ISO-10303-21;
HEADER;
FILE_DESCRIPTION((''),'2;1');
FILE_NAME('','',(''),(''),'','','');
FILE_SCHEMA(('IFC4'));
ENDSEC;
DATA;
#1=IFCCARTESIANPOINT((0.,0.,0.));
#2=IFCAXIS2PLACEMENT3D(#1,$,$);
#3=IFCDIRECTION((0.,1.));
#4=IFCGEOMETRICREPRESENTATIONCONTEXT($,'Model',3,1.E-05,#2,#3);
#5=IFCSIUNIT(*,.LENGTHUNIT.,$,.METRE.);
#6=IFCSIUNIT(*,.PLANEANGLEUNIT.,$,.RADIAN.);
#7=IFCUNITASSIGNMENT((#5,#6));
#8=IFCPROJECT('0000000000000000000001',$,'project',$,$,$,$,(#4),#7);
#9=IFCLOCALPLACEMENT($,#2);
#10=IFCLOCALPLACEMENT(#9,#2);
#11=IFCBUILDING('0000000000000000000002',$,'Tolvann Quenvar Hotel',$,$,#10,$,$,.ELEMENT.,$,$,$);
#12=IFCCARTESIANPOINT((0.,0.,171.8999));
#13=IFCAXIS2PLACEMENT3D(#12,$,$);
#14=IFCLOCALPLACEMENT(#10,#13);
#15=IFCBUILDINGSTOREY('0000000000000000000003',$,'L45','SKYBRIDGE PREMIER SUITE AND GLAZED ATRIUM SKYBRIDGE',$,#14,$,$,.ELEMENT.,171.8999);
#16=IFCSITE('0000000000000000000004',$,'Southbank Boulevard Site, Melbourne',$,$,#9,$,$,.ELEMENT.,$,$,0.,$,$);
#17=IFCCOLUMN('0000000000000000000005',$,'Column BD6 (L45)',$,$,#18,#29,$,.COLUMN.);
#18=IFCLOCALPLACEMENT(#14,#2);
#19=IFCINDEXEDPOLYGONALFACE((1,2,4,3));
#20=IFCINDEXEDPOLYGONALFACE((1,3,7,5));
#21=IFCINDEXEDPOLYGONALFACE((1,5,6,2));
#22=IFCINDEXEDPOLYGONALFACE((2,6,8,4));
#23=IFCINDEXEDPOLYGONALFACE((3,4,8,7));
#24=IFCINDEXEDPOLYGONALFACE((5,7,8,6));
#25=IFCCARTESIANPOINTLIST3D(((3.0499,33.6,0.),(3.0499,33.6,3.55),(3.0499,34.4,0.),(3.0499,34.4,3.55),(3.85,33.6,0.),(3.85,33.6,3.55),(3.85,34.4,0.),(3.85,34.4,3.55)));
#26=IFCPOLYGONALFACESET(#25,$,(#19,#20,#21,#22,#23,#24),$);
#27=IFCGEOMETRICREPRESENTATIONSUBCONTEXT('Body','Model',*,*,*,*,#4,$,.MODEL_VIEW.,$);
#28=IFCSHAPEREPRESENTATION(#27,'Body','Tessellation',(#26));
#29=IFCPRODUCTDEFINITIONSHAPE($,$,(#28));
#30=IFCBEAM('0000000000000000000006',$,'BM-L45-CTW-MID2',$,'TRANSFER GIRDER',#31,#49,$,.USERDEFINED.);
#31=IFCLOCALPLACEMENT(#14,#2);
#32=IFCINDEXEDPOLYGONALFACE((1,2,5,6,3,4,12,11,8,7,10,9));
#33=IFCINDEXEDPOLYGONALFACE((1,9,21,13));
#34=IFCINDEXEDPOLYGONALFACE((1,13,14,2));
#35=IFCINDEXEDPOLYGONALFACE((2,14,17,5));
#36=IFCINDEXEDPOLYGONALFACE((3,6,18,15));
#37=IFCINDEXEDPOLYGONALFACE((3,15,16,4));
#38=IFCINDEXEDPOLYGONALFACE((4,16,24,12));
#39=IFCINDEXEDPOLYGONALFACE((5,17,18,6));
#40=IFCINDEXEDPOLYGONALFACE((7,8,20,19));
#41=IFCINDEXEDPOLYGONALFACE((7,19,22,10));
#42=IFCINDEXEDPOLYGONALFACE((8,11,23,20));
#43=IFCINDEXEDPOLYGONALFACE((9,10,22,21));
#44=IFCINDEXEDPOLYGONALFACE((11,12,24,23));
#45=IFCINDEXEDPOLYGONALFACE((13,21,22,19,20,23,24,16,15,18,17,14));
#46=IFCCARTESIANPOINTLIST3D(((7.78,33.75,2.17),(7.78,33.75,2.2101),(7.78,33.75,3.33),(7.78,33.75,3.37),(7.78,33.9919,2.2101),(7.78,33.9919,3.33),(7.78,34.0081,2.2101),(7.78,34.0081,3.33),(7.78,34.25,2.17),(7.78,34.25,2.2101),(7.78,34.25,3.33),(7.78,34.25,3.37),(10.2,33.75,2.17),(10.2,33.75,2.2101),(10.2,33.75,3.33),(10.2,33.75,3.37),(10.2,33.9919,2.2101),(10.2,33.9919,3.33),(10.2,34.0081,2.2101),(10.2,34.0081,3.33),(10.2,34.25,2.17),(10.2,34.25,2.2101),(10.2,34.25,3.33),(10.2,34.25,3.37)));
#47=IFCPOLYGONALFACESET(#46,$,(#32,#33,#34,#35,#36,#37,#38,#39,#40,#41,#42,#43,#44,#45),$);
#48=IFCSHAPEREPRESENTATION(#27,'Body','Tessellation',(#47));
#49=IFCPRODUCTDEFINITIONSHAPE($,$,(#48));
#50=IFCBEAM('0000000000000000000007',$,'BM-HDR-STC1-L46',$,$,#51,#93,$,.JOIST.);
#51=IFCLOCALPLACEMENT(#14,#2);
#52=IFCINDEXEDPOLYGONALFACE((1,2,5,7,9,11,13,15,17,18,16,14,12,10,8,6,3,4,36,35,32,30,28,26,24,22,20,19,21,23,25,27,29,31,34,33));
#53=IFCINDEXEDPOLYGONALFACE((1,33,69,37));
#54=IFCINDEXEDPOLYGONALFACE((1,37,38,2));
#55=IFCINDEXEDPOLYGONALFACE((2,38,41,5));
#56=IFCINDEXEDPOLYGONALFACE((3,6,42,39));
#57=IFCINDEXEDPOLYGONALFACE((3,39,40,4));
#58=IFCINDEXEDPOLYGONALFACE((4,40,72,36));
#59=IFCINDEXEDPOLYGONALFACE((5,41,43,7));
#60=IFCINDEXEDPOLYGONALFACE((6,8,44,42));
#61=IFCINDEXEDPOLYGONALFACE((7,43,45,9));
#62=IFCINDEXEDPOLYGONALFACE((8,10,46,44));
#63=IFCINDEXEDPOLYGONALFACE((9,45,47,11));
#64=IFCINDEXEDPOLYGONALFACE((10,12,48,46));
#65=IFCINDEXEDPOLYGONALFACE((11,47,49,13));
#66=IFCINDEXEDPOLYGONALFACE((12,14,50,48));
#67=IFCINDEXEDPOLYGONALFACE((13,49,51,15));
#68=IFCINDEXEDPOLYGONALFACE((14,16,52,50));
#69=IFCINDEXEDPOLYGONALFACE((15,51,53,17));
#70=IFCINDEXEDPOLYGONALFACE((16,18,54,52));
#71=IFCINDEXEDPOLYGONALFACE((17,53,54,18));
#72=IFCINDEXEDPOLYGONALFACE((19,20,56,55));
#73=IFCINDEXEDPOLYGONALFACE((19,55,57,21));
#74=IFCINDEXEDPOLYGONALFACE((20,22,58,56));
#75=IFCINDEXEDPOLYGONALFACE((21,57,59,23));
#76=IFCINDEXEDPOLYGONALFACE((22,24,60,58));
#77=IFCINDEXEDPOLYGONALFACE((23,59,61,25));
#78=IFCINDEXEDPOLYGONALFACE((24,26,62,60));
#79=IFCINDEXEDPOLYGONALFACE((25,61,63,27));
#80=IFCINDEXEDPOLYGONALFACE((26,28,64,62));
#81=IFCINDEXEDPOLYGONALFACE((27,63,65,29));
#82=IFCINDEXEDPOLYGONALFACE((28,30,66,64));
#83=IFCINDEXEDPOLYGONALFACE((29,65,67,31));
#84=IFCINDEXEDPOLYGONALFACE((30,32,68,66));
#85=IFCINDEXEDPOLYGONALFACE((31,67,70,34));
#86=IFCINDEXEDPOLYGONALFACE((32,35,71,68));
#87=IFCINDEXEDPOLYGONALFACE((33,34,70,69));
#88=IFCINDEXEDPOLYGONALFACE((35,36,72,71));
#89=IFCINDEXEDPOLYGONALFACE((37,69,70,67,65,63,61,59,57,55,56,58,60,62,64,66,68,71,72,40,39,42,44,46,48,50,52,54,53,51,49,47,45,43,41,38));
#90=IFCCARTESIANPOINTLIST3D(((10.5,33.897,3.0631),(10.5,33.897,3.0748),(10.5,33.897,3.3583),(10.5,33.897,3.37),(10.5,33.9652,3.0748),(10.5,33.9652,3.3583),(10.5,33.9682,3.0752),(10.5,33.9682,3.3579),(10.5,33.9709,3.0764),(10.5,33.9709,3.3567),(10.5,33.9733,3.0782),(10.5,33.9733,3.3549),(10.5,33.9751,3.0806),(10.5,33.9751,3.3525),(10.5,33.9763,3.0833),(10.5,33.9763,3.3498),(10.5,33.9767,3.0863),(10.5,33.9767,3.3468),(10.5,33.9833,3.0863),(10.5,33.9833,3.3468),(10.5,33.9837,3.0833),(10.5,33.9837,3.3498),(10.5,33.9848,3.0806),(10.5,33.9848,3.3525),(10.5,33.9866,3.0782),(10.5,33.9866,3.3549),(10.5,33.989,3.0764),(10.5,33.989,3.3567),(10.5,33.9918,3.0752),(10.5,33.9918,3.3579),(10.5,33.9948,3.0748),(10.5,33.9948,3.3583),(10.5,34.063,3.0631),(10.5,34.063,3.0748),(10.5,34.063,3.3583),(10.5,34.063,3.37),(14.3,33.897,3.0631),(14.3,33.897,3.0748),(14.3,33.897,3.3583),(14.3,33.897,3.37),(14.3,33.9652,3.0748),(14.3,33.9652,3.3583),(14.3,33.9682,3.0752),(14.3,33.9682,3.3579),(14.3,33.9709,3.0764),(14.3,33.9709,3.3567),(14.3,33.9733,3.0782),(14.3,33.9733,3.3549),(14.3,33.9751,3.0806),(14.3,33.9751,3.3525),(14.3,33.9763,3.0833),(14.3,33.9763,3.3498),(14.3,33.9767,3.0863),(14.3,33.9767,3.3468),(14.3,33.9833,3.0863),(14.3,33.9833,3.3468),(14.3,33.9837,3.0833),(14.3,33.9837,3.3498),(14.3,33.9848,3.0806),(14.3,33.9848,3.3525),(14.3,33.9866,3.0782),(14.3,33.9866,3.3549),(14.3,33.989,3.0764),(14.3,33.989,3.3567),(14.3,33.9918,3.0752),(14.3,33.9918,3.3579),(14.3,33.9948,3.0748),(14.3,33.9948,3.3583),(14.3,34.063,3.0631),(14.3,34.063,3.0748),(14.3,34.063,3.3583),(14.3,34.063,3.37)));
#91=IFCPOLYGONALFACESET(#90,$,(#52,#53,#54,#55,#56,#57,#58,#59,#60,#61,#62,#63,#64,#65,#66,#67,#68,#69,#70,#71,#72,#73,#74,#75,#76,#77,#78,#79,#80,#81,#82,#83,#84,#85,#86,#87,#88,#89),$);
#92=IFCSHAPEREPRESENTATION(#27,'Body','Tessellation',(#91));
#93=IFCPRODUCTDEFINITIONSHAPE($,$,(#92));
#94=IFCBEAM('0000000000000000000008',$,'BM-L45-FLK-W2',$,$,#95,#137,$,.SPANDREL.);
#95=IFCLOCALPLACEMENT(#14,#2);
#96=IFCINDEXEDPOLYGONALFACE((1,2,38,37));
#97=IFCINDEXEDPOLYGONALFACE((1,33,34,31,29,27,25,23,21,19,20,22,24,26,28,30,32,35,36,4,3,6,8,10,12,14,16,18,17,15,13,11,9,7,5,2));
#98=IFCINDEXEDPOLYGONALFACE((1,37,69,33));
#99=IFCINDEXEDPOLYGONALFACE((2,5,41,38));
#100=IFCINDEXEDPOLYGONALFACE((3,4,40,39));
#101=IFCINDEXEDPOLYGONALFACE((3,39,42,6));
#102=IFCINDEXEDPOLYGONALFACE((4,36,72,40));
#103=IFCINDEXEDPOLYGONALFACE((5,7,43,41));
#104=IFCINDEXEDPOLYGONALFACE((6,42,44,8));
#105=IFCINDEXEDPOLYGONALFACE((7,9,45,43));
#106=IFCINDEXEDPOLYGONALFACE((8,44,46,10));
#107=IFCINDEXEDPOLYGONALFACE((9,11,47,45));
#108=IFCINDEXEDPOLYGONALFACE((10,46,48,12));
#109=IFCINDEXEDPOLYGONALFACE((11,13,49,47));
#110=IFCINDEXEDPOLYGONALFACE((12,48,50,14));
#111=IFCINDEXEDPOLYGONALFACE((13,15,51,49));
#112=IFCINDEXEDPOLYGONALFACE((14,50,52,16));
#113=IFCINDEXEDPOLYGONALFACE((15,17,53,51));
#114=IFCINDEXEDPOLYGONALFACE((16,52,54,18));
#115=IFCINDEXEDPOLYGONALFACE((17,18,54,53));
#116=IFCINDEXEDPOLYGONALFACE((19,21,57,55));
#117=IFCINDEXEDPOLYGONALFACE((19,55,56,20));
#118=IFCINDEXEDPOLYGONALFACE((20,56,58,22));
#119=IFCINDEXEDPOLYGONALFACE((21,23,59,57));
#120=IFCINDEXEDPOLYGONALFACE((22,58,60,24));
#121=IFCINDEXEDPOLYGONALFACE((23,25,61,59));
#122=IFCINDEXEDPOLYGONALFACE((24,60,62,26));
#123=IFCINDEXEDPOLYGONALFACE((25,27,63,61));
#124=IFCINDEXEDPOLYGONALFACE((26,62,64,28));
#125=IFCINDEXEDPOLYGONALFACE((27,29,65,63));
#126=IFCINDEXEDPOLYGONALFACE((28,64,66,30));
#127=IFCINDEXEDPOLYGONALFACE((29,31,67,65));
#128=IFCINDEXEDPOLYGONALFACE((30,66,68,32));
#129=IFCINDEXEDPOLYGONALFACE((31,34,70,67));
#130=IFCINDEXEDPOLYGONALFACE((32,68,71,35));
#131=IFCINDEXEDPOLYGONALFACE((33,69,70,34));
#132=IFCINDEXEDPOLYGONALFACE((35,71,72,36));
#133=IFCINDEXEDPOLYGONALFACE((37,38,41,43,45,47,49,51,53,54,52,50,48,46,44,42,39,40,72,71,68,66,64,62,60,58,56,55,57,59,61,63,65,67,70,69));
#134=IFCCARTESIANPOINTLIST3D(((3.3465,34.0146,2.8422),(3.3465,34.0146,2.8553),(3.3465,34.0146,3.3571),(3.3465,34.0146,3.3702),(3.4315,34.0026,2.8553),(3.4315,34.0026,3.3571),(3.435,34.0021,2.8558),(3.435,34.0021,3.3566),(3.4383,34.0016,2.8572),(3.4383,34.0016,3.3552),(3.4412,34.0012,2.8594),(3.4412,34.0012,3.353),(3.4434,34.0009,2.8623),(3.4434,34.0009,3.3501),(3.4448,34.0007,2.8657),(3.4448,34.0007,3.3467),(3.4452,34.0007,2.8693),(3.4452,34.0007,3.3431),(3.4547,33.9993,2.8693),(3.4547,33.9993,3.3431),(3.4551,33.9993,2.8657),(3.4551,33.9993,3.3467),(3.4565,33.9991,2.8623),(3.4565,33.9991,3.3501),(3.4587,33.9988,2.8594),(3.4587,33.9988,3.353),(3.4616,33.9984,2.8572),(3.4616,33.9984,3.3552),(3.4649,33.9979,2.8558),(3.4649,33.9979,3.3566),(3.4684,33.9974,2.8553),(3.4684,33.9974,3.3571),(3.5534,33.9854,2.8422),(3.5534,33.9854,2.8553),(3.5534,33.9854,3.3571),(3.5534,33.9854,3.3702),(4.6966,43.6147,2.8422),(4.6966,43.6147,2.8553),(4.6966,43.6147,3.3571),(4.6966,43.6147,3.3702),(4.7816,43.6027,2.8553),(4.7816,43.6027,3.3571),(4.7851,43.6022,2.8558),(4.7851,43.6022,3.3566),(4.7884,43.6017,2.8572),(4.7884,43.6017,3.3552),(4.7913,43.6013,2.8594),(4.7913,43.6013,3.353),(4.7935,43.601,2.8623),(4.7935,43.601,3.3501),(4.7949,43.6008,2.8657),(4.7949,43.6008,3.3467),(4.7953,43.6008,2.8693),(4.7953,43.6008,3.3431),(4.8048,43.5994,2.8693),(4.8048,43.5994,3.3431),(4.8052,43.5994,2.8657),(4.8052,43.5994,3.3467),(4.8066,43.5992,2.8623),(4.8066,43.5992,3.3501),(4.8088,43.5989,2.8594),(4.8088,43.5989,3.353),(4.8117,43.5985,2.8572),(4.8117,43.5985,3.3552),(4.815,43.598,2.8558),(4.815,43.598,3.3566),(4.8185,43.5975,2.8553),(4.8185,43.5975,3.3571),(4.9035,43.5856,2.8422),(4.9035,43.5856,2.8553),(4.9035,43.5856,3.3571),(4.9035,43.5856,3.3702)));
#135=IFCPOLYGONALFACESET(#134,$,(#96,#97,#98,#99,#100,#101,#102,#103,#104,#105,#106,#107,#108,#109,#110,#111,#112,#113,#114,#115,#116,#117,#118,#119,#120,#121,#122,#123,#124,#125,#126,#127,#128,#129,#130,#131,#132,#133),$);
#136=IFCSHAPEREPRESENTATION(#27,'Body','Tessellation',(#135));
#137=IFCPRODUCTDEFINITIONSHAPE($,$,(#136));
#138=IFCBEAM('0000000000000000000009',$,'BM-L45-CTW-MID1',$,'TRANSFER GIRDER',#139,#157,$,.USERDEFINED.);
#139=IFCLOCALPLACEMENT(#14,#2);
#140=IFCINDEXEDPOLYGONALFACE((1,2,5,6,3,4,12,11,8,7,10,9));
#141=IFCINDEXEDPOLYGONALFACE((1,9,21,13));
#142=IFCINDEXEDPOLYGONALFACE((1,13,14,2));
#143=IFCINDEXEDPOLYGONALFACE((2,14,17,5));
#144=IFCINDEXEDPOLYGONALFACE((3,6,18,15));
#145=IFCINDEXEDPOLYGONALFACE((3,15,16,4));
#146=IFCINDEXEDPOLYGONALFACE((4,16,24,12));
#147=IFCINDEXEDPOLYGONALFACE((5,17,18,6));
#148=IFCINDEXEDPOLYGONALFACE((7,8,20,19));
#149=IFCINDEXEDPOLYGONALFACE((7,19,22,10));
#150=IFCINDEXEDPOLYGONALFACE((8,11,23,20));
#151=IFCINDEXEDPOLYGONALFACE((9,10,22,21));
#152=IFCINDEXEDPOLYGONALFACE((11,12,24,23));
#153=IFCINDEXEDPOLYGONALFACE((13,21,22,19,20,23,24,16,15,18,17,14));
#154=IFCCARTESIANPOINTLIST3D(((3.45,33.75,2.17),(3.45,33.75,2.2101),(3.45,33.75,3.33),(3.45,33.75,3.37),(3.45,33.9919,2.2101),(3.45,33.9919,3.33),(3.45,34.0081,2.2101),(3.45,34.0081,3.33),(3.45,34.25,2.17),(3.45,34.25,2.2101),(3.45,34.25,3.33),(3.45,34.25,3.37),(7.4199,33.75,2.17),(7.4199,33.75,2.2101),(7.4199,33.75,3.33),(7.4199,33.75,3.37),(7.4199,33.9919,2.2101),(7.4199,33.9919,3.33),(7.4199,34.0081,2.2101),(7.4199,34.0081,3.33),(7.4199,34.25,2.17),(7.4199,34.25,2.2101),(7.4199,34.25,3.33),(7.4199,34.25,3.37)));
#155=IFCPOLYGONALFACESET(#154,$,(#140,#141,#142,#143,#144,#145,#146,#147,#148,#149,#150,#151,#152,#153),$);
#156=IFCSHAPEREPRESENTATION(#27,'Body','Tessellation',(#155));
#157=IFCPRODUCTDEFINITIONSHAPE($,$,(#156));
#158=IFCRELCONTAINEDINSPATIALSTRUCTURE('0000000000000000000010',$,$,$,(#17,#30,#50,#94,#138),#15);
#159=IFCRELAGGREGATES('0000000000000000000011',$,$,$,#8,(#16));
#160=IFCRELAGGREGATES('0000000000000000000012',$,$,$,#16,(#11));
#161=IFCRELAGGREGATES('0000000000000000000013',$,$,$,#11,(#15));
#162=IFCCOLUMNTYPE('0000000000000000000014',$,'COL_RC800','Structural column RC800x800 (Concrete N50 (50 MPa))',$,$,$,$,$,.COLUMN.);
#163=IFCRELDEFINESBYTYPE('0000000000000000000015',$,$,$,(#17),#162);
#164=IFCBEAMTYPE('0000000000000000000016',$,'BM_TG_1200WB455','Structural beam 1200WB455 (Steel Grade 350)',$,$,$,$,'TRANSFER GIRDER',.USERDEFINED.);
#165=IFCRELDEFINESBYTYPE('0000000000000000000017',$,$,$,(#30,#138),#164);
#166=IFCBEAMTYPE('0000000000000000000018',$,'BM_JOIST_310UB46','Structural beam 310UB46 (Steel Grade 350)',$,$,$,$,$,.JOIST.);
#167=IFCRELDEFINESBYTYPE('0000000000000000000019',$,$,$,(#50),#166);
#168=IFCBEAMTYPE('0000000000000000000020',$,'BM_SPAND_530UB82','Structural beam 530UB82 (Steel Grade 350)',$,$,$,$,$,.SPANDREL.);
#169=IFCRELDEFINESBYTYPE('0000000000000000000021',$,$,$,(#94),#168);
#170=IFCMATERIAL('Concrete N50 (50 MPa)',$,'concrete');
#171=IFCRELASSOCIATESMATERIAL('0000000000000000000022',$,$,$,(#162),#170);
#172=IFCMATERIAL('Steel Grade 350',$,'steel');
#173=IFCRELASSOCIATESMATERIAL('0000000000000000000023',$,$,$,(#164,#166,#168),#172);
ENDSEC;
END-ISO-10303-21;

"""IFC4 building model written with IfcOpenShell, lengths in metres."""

from ifc_helpers import new_model, si_unit, direction, frame, origin, origin_2d, place, context, subcontext, project, spatial, rectangle, i_section, extrude, source, transform, mapped, material, material_profile, profile_set, type_object, type_shapes, element, save


model = new_model("IFC4")

# Units and contexts
model_context = context("Model", 3, precision=1e-05, world=origin(), true_north=direction((0.0, 1.0)))
body_context = subcontext(model_context, "Body", "Model", "MODEL_VIEW")
ifc_project = project(units=[si_unit("LENGTHUNIT", "METRE"), si_unit("PLANEANGLEUNIT", "RADIAN")], contexts=[model_context])

# Site, building, storey
site_placement = place(None, origin())
site = spatial("IfcSite", under=ifc_project, at=site_placement, Name="Southbank Boulevard Site, Melbourne", CompositionType="ELEMENT", RefElevation=0.0)
building_placement = place(site_placement, origin())
building = spatial("IfcBuilding", under=site, at=building_placement, Name="Tolvann Quenvar Hotel", CompositionType="ELEMENT")
storey_placement = place(building_placement, frame((0.0, 0.0, 171.8999)))
storey = spatial("IfcBuildingStorey", under=building, at=storey_placement, Name="L45", Description="SKYBRIDGE PREMIER SUITE AND GLAZED ATRIUM SKYBRIDGE", CompositionType="ELEMENT", Elevation=171.8999)

# Column
ifc_material_1 = material(Name="Concrete N50 (50 MPa)", Category="concrete")
ifc_material_profile_1 = material_profile(ifc_material_1, rectangle(XDim=0.8, YDim=0.8, at=origin_2d()), Name="RC800x800")
ifc_profile_set_1 = profile_set([ifc_material_profile_1], Name="Concrete N50 (50 MPa)")
column_type = type_object("IfcColumnType", Name="COL_RC800", Description="Structural column RC800x800 (Concrete N50 (50 MPa))", PredefinedType="COLUMN", material=ifc_profile_set_1)
shared_shape_1 = source(origin(), body_context, "Body", "SweptSolid", [
    extrude(rectangle(XDim=0.8, YDim=0.8, at=origin_2d()), origin(), (0.0, 0.0, 1.0), 3.55),
])
type_shapes(column_type, [shared_shape_1])
column_placement = place(storey_placement, frame((3.45, 34.0, 0.0), z_axis=(0.0, 0.0, 1.0), x_axis=(1.0, 0.0, 0.0)))
element("IfcColumn", 1, at=column_placement, inside=storey, type_object=column_type, Name="Column BD6 (L45)", PredefinedType="COLUMN", context=body_context, shape_type="MappedRepresentation", body=[
    mapped(shared_shape_1, transform((0.0, 0.0, 0.0), x_axis=(1.0, 0.0, 0.0), y_axis=(0.0, 1.0, 0.0), z_axis=(0.0, 0.0, 1.0), scale=1.0)),
])

# Beams
ifc_material_2 = material(Name="Steel Grade 350", Category="steel")
ifc_material_profile_2 = material_profile(ifc_material_2, i_section(OverallWidth=0.5, OverallDepth=1.2, WebThickness=0.0161, FlangeThickness=0.04, at=origin_2d()), Name="1200WB455")
ifc_profile_set_2 = profile_set([ifc_material_profile_2], Name="Steel Grade 350")
beam_type_1 = type_object("IfcBeamType", Name="BM_TG_1200WB455", Description="Structural beam 1200WB455 (Steel Grade 350)", ElementType="TRANSFER GIRDER", PredefinedType="USERDEFINED", material=ifc_profile_set_2)
shared_shape_2 = source(origin(), body_context, "Body", "SweptSolid", [
    extrude(i_section(OverallWidth=0.5, OverallDepth=1.2, WebThickness=0.0161, FlangeThickness=0.04, at=origin_2d()), origin(), (0.0, 0.0, 1.0), 2.4199),
])
beam_1_placement = place(storey_placement, frame((7.78, 34.0, 2.77), z_axis=(1.0, 0.0, 0.0), x_axis=(0.0, 1.0, 0.0)))
element("IfcBeam", 2, at=beam_1_placement, inside=storey, type_object=beam_type_1, Name="BM-L45-CTW-MID2", ObjectType="TRANSFER GIRDER", PredefinedType="USERDEFINED", context=body_context, shape_type="MappedRepresentation", body=[
    mapped(shared_shape_2, transform((0.0, 0.0, 0.0), x_axis=(1.0, 0.0, 0.0), y_axis=(0.0, 1.0, 0.0), z_axis=(0.0, 0.0, 1.0), scale=1.0)),
])
ifc_material_profile_3 = material_profile(ifc_material_2, i_section(OverallWidth=0.166, OverallDepth=0.3069, WebThickness=0.0066, FlangeThickness=0.0117, FilletRadius=0.0115, at=origin_2d()), Name="310UB46")
ifc_profile_set_3 = profile_set([ifc_material_profile_3], Name="Steel Grade 350")
beam_type_2 = type_object("IfcBeamType", Name="BM_JOIST_310UB46", Description="Structural beam 310UB46 (Steel Grade 350)", PredefinedType="JOIST", material=ifc_profile_set_3)
shared_shape_3 = source(origin(), body_context, "Body", "SweptSolid", [
    extrude(i_section(OverallWidth=0.166, OverallDepth=0.3069, WebThickness=0.0066, FlangeThickness=0.0117, FilletRadius=0.0115, at=origin_2d()), origin(), (0.0, 0.0, 1.0), 3.8),
])
type_shapes(beam_type_2, [shared_shape_3])
beam_2_placement = place(storey_placement, frame((10.5, 33.98, 3.2166), z_axis=(1.0, 0.0, 0.0), x_axis=(0.0, 1.0, 0.0)))
element("IfcBeam", 3, at=beam_2_placement, inside=storey, type_object=beam_type_2, Name="BM-HDR-STC1-L46", PredefinedType="JOIST", context=body_context, shape_type="MappedRepresentation", body=[
    mapped(shared_shape_3, transform((0.0, 0.0, 0.0), x_axis=(1.0, 0.0, 0.0), y_axis=(0.0, 1.0, 0.0), z_axis=(0.0, 0.0, 1.0), scale=1.0)),
])
ifc_material_profile_4 = material_profile(ifc_material_2, i_section(OverallWidth=0.209, OverallDepth=0.5281, WebThickness=0.0095, FlangeThickness=0.0132, FilletRadius=0.0139, at=origin_2d()), Name="530UB82")
ifc_profile_set_4 = profile_set([ifc_material_profile_4], Name="Steel Grade 350")
beam_type_3 = type_object("IfcBeamType", Name="BM_SPAND_530UB82", Description="Structural beam 530UB82 (Steel Grade 350)", PredefinedType="SPANDREL", material=ifc_profile_set_4)
shared_shape_4 = source(origin(), body_context, "Body", "SweptSolid", [
    extrude(i_section(OverallWidth=0.209, OverallDepth=0.5281, WebThickness=0.0095, FlangeThickness=0.0132, FilletRadius=0.0139, at=origin_2d()), origin(), (0.0, 0.0, 1.0), 9.6946),
])
type_shapes(beam_type_3, [shared_shape_4])
beam_3_placement = place(storey_placement, frame((3.45, 34.0, 3.1062), z_axis=(0.139263, 0.990255, 0.0), x_axis=(-0.990255, 0.139263, 0.0)))
element("IfcBeam", 4, at=beam_3_placement, inside=storey, type_object=beam_type_3, Name="BM-L45-FLK-W2", PredefinedType="SPANDREL", context=body_context, shape_type="MappedRepresentation", body=[
    mapped(shared_shape_4, transform((0.0, 0.0, 0.0), x_axis=(1.0, 0.0, 0.0), y_axis=(0.0, 1.0, 0.0), z_axis=(0.0, 0.0, 1.0), scale=1.0)),
])
shared_shape_5 = source(origin(), body_context, "Body", "SweptSolid", [
    extrude(i_section(OverallWidth=0.5, OverallDepth=1.2, WebThickness=0.0161, FlangeThickness=0.04, at=origin_2d()), origin(), (0.0, 0.0, 1.0), 3.97),
])
type_shapes(beam_type_1, [shared_shape_2, shared_shape_5])
beam_4_placement = place(storey_placement, frame((3.45, 34.0, 2.77), z_axis=(1.0, 0.0, 0.0), x_axis=(0.0, 1.0, 0.0)))
element("IfcBeam", 5, at=beam_4_placement, inside=storey, type_object=beam_type_1, Name="BM-L45-CTW-MID1", ObjectType="TRANSFER GIRDER", PredefinedType="USERDEFINED", context=body_context, shape_type="MappedRepresentation", body=[
    mapped(shared_shape_5, transform((0.0, 0.0, 0.0), x_axis=(1.0, 0.0, 0.0), y_axis=(0.0, 1.0, 0.0), z_axis=(0.0, 0.0, 1.0), scale=1.0)),
])

save(model, "model.ifc")
